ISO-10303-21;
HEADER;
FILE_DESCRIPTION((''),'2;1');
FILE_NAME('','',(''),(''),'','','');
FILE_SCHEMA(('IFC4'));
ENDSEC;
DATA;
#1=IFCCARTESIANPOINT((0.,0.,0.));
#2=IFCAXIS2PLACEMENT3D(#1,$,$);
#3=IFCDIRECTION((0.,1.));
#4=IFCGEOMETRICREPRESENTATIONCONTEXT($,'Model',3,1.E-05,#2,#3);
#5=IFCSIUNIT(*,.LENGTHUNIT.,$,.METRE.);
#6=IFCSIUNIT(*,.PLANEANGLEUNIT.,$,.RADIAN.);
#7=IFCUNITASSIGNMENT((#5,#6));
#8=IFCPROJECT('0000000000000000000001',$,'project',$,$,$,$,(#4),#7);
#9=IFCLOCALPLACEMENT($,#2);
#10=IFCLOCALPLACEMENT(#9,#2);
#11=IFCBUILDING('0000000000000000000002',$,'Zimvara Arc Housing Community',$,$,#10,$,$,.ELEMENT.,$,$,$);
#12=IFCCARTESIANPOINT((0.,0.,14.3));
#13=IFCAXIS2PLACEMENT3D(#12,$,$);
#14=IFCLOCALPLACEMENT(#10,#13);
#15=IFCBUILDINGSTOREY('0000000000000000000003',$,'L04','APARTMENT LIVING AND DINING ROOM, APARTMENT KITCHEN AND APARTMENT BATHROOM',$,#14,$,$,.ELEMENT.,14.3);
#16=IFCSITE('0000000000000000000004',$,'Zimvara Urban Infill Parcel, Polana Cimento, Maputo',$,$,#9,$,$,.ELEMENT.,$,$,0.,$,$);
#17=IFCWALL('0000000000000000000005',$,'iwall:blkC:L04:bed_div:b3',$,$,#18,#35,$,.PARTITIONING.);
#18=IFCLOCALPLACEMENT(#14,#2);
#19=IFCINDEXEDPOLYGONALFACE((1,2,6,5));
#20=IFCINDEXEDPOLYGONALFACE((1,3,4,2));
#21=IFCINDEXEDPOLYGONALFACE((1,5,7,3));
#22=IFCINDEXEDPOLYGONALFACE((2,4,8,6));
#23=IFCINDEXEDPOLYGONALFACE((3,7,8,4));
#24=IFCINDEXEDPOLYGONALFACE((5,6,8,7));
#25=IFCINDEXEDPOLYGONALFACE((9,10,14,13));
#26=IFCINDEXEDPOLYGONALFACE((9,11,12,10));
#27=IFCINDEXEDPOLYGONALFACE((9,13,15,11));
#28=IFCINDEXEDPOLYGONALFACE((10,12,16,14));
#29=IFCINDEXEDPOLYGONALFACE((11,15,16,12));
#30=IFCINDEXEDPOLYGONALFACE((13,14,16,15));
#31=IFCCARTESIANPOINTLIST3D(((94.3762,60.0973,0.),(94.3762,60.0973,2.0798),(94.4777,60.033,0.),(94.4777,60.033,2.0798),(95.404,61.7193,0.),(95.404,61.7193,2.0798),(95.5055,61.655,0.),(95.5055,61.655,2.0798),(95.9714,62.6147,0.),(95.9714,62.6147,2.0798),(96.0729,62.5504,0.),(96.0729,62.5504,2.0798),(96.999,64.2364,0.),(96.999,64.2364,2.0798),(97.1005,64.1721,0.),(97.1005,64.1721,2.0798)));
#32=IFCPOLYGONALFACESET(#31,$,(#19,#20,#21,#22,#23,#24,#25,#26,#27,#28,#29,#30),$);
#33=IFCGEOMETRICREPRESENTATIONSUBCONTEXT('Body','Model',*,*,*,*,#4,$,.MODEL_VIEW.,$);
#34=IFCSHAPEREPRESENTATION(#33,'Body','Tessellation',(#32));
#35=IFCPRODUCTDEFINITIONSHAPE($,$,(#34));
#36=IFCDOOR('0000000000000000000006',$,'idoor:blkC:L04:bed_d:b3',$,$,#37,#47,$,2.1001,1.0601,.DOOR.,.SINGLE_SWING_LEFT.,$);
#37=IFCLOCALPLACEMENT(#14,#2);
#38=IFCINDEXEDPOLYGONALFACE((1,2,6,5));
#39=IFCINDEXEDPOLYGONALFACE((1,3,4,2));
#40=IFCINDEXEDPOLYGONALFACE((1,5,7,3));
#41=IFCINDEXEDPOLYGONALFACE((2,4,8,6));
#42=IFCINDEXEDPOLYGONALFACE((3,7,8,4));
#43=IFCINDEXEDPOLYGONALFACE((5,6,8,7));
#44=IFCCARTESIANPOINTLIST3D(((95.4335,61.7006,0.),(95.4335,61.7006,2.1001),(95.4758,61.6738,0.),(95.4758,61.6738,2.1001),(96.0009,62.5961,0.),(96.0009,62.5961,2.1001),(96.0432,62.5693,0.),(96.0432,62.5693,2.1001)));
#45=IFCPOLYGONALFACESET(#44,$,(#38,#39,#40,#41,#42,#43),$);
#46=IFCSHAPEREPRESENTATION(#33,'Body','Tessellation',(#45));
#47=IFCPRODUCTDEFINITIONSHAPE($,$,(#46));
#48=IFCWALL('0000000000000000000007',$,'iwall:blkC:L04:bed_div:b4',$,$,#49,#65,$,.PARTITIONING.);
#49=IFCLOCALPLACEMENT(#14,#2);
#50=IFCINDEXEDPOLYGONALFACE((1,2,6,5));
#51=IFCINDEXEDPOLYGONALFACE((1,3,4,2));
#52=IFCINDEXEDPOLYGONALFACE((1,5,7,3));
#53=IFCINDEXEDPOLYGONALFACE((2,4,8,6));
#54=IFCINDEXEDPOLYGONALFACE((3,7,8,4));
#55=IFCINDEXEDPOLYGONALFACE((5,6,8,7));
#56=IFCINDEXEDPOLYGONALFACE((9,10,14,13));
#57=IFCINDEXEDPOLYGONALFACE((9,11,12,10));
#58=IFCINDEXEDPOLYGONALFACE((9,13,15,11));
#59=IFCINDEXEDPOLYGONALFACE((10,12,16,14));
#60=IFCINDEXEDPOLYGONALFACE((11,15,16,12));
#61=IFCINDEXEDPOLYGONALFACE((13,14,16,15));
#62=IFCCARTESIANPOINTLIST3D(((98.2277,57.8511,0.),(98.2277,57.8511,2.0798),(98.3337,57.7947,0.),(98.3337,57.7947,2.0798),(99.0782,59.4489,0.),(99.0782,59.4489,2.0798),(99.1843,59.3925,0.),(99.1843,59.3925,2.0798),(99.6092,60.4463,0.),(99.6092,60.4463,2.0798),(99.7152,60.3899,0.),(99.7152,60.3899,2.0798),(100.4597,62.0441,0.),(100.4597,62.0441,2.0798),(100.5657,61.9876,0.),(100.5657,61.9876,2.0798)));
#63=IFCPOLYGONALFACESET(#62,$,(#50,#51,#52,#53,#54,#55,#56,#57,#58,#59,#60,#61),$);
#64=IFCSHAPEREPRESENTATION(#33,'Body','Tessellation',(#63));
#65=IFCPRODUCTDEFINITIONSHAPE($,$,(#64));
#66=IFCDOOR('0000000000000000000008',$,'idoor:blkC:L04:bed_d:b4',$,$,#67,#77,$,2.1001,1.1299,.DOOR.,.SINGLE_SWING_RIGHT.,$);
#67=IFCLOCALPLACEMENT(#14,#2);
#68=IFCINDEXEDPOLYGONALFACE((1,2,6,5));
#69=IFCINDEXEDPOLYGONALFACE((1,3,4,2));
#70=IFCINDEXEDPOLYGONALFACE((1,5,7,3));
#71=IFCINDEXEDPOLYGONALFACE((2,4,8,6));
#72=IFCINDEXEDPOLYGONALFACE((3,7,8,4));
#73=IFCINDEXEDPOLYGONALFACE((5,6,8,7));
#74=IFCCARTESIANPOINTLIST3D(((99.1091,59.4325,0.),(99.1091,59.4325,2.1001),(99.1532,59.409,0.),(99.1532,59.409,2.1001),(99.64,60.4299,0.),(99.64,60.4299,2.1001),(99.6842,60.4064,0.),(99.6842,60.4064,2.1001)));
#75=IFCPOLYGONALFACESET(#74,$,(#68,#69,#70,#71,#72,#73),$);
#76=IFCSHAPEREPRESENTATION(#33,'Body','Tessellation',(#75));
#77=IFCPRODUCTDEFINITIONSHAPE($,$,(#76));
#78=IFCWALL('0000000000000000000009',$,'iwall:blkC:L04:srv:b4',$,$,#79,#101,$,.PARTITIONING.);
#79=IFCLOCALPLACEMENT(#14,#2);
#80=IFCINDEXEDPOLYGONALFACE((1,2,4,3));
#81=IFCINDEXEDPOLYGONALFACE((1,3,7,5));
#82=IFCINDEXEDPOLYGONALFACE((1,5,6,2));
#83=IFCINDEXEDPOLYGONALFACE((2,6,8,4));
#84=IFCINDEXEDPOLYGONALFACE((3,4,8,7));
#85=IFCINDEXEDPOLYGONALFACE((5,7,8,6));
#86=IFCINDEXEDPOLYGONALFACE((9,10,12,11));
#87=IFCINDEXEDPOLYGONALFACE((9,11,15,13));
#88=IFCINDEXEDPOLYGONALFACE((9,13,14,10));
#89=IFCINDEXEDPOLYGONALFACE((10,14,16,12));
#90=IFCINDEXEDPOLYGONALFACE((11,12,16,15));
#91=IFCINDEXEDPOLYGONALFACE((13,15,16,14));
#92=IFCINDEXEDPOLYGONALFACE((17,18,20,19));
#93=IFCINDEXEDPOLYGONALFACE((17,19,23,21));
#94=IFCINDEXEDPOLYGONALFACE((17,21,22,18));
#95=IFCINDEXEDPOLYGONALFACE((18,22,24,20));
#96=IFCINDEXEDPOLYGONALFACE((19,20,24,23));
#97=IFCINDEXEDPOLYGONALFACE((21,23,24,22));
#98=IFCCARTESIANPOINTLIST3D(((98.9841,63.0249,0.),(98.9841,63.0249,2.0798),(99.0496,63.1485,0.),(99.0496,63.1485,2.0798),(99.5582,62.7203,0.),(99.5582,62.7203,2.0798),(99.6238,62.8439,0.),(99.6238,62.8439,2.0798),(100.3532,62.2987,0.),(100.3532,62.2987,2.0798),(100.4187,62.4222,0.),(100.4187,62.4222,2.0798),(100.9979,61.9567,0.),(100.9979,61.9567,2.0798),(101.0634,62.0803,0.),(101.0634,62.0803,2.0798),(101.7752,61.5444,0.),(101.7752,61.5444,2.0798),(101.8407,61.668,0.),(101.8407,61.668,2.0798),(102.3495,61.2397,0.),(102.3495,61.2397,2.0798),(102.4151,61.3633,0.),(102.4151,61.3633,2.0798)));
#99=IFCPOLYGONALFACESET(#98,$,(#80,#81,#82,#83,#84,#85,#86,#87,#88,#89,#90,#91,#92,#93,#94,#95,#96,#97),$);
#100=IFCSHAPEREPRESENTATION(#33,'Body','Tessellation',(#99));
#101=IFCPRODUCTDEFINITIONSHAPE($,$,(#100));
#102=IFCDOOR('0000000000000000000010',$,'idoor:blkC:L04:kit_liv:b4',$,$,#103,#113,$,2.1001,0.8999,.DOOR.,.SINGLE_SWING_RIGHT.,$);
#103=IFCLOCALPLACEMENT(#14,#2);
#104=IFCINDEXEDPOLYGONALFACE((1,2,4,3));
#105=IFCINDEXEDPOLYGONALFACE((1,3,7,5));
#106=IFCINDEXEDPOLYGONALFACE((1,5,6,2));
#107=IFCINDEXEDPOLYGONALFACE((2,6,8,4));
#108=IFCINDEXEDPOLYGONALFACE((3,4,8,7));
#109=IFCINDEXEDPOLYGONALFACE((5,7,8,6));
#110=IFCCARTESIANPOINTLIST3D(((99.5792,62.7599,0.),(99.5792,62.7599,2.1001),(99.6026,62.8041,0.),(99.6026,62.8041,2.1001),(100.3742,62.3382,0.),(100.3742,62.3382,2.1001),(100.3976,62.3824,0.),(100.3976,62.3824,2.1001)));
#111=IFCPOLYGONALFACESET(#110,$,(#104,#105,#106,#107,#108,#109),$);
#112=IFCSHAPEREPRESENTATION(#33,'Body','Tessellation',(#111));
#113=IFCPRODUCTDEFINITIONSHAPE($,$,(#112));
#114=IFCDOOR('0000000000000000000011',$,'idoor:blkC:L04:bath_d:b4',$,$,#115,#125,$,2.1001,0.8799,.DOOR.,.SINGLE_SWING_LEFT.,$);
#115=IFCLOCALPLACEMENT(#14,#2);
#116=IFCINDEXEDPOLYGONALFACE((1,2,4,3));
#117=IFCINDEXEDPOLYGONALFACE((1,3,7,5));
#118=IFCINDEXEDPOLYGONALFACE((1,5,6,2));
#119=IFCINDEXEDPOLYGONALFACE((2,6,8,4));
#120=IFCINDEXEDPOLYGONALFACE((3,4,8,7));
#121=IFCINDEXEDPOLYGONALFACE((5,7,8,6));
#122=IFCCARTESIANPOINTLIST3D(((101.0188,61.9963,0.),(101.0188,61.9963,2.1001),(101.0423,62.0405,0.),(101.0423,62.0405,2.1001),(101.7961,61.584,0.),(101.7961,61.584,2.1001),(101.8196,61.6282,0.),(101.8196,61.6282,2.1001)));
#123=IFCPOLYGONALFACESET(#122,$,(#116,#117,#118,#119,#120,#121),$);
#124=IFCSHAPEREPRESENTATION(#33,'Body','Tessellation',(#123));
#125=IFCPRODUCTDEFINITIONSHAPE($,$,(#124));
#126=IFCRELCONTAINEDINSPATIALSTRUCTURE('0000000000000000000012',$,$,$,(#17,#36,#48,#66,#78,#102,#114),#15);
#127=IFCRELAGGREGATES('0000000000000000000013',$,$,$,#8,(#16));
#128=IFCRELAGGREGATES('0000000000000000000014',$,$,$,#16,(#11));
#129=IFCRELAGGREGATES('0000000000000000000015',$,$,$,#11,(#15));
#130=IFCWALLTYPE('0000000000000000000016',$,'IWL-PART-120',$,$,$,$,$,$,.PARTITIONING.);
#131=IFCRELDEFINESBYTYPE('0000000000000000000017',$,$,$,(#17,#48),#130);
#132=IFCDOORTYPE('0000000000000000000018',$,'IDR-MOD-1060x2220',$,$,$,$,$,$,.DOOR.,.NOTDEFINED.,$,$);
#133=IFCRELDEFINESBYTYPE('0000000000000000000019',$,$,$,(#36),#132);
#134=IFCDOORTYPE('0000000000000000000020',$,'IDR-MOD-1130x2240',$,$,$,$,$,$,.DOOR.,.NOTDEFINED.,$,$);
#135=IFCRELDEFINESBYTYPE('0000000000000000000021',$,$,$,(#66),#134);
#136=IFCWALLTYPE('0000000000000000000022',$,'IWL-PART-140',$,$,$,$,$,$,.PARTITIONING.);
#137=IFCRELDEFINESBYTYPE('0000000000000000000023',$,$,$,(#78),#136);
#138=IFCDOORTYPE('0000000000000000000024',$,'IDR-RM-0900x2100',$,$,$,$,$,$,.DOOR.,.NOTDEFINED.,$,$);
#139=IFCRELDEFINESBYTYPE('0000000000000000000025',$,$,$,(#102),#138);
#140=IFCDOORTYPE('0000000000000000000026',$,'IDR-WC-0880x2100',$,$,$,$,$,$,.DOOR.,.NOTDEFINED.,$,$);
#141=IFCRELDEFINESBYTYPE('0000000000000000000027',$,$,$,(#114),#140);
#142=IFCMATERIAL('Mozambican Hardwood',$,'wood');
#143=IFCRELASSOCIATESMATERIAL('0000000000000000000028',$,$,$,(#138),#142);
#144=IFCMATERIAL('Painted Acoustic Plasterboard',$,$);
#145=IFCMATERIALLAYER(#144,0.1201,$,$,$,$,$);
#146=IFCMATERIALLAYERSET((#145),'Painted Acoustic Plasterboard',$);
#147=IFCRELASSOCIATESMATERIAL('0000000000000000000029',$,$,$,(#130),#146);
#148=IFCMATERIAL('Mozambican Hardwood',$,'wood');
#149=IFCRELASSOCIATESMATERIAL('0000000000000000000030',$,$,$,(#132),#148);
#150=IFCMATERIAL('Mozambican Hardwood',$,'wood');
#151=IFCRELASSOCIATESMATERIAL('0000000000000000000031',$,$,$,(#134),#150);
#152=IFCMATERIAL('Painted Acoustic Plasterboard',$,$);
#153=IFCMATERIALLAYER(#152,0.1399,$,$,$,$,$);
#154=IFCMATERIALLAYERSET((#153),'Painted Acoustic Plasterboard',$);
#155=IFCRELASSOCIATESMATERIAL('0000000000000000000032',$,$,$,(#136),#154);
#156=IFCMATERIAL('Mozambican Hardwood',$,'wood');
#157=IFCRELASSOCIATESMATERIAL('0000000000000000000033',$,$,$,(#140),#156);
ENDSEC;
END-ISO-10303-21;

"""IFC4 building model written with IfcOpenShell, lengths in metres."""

from ifc_helpers import new_model, si_unit, direction, frame, frame_2d, origin, place, context, subcontext, project, spatial, rectangle, extrude, material, layer, layer_set, type_object, element, fill, save


model = new_model("IFC4")

# Units and contexts
model_context = context("Model", 3, precision=1e-05, world=origin(), true_north=direction((0.0, 1.0)))
body_context = subcontext(model_context, "Body", "Model", "MODEL_VIEW")
ifc_project = project(units=[si_unit("LENGTHUNIT", "METRE"), si_unit("PLANEANGLEUNIT", "RADIAN")], contexts=[model_context])

# Site, building, storey
site_placement = place(None, origin())
site = spatial("IfcSite", under=ifc_project, at=site_placement, Name="Zimvara Urban Infill Parcel, Polana Cimento, Maputo", CompositionType="ELEMENT", RefElevation=0.0)
building_placement = place(site_placement, origin())
building = spatial("IfcBuilding", under=site, at=building_placement, Name="Zimvara Arc Housing Community", CompositionType="ELEMENT")
storey_placement = place(building_placement, frame((0.0, 0.0, 14.3)))
storey = spatial("IfcBuildingStorey", under=building, at=storey_placement, Name="L04", Description="APARTMENT LIVING AND DINING ROOM, APARTMENT KITCHEN AND APARTMENT BATHROOM", CompositionType="ELEMENT", Elevation=14.3)

# Shared definitions
ifc_material_1 = material(Name="Mozambican Hardwood", Category="wood")
door_type_1 = type_object("IfcDoorType", Name="IDR-RM-0900x2100", OperationType="NOTDEFINED", PredefinedType="DOOR", material=ifc_material_1)

# Walls, openings, doors
ifc_material_2 = material(Name="Painted Acoustic Plasterboard")
ifc_layer_1 = layer(ifc_material_2, 0.1201)
ifc_layer_set_1 = layer_set([ifc_layer_1], Name="Painted Acoustic Plasterboard")
wall_type_1 = type_object("IfcWallType", Name="IWL-PART-120", PredefinedType="PARTITIONING", material=ifc_layer_set_1)
wall_1_placement = place(storey_placement, frame((97.0498, 64.2043, 0.0), z_axis=(0.0, 0.0, 1.0), x_axis=(-0.535246, -0.844696, 0.0)))
wall_1 = element("IfcWall", 1, at=wall_1_placement, inside=storey, type_object=wall_type_1, Name="iwall:blkC:L04:bed_div:b3", PredefinedType="PARTITIONING", context=body_context, shape_type="SweptSolid", body=[
    extrude(rectangle(XDim=4.9001, YDim=0.1201, at=frame_2d((2.4502, 0.0))), origin(), (0.0, 0.0, 1.0), 2.0798),
])
opening_1_placement = place(wall_1_placement, frame((1.9199, 0.0, 0.0)))
opening_1 = element("IfcOpeningElement", 2, at=opening_1_placement, cuts=wall_1, PredefinedType="OPENING", context=body_context, shape_type="SweptSolid", body=[
    extrude(rectangle(XDim=1.0601, YDim=2.1001, at=frame_2d((0.53, 1.05))), frame((0.0, 0.0701, 0.0), z_axis=(0.0, -1.0, 0.0), x_axis=(1.0, 0.0, 0.0)), (0.0, 0.0, 1.0), 0.1401),
])
ifc_material_3 = material(Name="Mozambican Hardwood", Category="wood")
door_type_2 = type_object("IfcDoorType", Name="IDR-MOD-1060x2220", OperationType="NOTDEFINED", PredefinedType="DOOR", material=ifc_material_3)
door_1_placement = place(opening_1_placement, origin())
door_1 = element("IfcDoor", 3, at=door_1_placement, inside=storey, type_object=door_type_2, Name="idoor:blkC:L04:bed_d:b3", OperationType="SINGLE_SWING_LEFT", OverallHeight=2.1001, OverallWidth=1.0601, PredefinedType="DOOR", context=body_context, shape_type="SweptSolid", body=[
    extrude(rectangle(XDim=1.0601, YDim=2.1001, at=frame_2d((0.53, 1.05))), frame((0.0, 0.0249, 0.0), z_axis=(0.0, -1.0, 0.0), x_axis=(1.0, 0.0, 0.0)), (0.0, 0.0, 1.0), 0.05),
])
fill(opening_1, door_1)
wall_2_placement = place(storey_placement, frame((100.5127, 62.0159, 0.0), z_axis=(0.0, 0.0, 1.0), x_axis=(-0.469889, -0.882725, 0.0)))
wall_2 = element("IfcWall", 4, at=wall_2_placement, inside=storey, type_object=wall_type_1, Name="iwall:blkC:L04:bed_div:b4", PredefinedType="PARTITIONING", context=body_context, shape_type="SweptSolid", body=[
    extrude(rectangle(XDim=4.75, YDim=0.1201, at=frame_2d((2.375, 0.0))), origin(), (0.0, 0.0, 1.0), 2.0798),
])
opening_2_placement = place(wall_2_placement, frame((1.8101, 0.0, 0.0)))
opening_2 = element("IfcOpeningElement", 5, at=opening_2_placement, cuts=wall_2, PredefinedType="OPENING", context=body_context, shape_type="SweptSolid", body=[
    extrude(rectangle(XDim=1.1299, YDim=2.1001, at=frame_2d((0.5649, 1.05))), frame((0.0, 0.0701, 0.0), z_axis=(0.0, -1.0, 0.0), x_axis=(1.0, 0.0, 0.0)), (0.0, 0.0, 1.0), 0.1401),
])
ifc_material_4 = material(Name="Mozambican Hardwood", Category="wood")
door_type_3 = type_object("IfcDoorType", Name="IDR-MOD-1130x2240", OperationType="NOTDEFINED", PredefinedType="DOOR", material=ifc_material_4)
door_2_placement = place(opening_2_placement, origin())
door_2 = element("IfcDoor", 6, at=door_2_placement, inside=storey, type_object=door_type_3, Name="idoor:blkC:L04:bed_d:b4", OperationType="SINGLE_SWING_RIGHT", OverallHeight=2.1001, OverallWidth=1.1299, PredefinedType="DOOR", context=body_context, shape_type="SweptSolid", body=[
    extrude(rectangle(XDim=1.1299, YDim=2.1001, at=frame_2d((0.5649, 1.05))), frame((0.0, 0.0249, 0.0), z_axis=(0.0, -1.0, 0.0), x_axis=(1.0, 0.0, 0.0)), (0.0, 0.0, 1.0), 0.05),
])
fill(opening_2, door_2)

# Wall, openings, doors
ifc_material_5 = material(Name="Painted Acoustic Plasterboard")
ifc_layer_2 = layer(ifc_material_5, 0.1399)
ifc_layer_set_2 = layer_set([ifc_layer_2], Name="Painted Acoustic Plasterboard")
wall_type_2 = type_object("IfcWallType", Name="IWL-PART-140", PredefinedType="PARTITIONING", material=ifc_layer_set_2)
wall_3_placement = place(storey_placement, frame((99.0168, 63.0867, 0.0), z_axis=(0.0, 0.0, 1.0), x_axis=(0.883415, -0.468591, 0.0)))
wall_3 = element("IfcWall", 7, at=wall_3_placement, inside=storey, type_object=wall_type_2, Name="iwall:blkC:L04:srv:b4", PredefinedType="PARTITIONING", context=body_context, shape_type="SweptSolid", body=[
    extrude(rectangle(XDim=3.8096, YDim=0.1399, at=frame_2d((1.9048, 0.0))), origin(), (0.0, 0.0, 1.0), 2.0798),
])
opening_3_placement = place(wall_3_placement, frame((0.6499, 0.0, 0.0)))
opening_3 = element("IfcOpeningElement", 8, at=opening_3_placement, cuts=wall_3, PredefinedType="OPENING", context=body_context, shape_type="SweptSolid", body=[
    extrude(rectangle(XDim=0.8999, YDim=2.1001, at=frame_2d((0.45, 1.05))), frame((0.0, 0.0798, 0.0), z_axis=(0.0, -1.0, 0.0), x_axis=(1.0, 0.0, 0.0)), (0.0, 0.0, 1.0), 0.1599),
])
opening_4_placement = place(wall_3_placement, frame((2.2795, 0.0, 0.0)))
opening_4 = element("IfcOpeningElement", 9, at=opening_4_placement, cuts=wall_3, PredefinedType="OPENING", context=body_context, shape_type="SweptSolid", body=[
    extrude(rectangle(XDim=0.8799, YDim=2.1001, at=frame_2d((0.4399, 1.05))), frame((0.0, 0.0798, 0.0), z_axis=(0.0, -1.0, 0.0), x_axis=(1.0, 0.0, 0.0)), (0.0, 0.0, 1.0), 0.1599),
])
door_3_placement = place(opening_3_placement, origin())
door_3 = element("IfcDoor", 10, at=door_3_placement, inside=storey, type_object=door_type_1, Name="idoor:blkC:L04:kit_liv:b4", OperationType="SINGLE_SWING_RIGHT", OverallHeight=2.1001, OverallWidth=0.8999, PredefinedType="DOOR", context=body_context, shape_type="SweptSolid", body=[
    extrude(rectangle(XDim=0.8999, YDim=2.1001, at=frame_2d((0.45, 1.05))), frame((0.0, 0.0249, 0.0), z_axis=(0.0, -1.0, 0.0), x_axis=(1.0, 0.0, 0.0)), (0.0, 0.0, 1.0), 0.05),
])
fill(opening_3, door_3)
ifc_material_6 = material(Name="Mozambican Hardwood", Category="wood")
door_type_4 = type_object("IfcDoorType", Name="IDR-WC-0880x2100", OperationType="NOTDEFINED", PredefinedType="DOOR", material=ifc_material_6)
door_4_placement = place(opening_4_placement, origin())
door_4 = element("IfcDoor", 11, at=door_4_placement, inside=storey, type_object=door_type_4, Name="idoor:blkC:L04:bath_d:b4", OperationType="SINGLE_SWING_LEFT", OverallHeight=2.1001, OverallWidth=0.8799, PredefinedType="DOOR", context=body_context, shape_type="SweptSolid", body=[
    extrude(rectangle(XDim=0.8799, YDim=2.1001, at=frame_2d((0.4399, 1.05))), frame((0.0, 0.0249, 0.0), z_axis=(0.0, -1.0, 0.0), x_axis=(1.0, 0.0, 0.0)), (0.0, 0.0, 1.0), 0.05),
])
fill(opening_4, door_4)

save(model, "model.ifc")
